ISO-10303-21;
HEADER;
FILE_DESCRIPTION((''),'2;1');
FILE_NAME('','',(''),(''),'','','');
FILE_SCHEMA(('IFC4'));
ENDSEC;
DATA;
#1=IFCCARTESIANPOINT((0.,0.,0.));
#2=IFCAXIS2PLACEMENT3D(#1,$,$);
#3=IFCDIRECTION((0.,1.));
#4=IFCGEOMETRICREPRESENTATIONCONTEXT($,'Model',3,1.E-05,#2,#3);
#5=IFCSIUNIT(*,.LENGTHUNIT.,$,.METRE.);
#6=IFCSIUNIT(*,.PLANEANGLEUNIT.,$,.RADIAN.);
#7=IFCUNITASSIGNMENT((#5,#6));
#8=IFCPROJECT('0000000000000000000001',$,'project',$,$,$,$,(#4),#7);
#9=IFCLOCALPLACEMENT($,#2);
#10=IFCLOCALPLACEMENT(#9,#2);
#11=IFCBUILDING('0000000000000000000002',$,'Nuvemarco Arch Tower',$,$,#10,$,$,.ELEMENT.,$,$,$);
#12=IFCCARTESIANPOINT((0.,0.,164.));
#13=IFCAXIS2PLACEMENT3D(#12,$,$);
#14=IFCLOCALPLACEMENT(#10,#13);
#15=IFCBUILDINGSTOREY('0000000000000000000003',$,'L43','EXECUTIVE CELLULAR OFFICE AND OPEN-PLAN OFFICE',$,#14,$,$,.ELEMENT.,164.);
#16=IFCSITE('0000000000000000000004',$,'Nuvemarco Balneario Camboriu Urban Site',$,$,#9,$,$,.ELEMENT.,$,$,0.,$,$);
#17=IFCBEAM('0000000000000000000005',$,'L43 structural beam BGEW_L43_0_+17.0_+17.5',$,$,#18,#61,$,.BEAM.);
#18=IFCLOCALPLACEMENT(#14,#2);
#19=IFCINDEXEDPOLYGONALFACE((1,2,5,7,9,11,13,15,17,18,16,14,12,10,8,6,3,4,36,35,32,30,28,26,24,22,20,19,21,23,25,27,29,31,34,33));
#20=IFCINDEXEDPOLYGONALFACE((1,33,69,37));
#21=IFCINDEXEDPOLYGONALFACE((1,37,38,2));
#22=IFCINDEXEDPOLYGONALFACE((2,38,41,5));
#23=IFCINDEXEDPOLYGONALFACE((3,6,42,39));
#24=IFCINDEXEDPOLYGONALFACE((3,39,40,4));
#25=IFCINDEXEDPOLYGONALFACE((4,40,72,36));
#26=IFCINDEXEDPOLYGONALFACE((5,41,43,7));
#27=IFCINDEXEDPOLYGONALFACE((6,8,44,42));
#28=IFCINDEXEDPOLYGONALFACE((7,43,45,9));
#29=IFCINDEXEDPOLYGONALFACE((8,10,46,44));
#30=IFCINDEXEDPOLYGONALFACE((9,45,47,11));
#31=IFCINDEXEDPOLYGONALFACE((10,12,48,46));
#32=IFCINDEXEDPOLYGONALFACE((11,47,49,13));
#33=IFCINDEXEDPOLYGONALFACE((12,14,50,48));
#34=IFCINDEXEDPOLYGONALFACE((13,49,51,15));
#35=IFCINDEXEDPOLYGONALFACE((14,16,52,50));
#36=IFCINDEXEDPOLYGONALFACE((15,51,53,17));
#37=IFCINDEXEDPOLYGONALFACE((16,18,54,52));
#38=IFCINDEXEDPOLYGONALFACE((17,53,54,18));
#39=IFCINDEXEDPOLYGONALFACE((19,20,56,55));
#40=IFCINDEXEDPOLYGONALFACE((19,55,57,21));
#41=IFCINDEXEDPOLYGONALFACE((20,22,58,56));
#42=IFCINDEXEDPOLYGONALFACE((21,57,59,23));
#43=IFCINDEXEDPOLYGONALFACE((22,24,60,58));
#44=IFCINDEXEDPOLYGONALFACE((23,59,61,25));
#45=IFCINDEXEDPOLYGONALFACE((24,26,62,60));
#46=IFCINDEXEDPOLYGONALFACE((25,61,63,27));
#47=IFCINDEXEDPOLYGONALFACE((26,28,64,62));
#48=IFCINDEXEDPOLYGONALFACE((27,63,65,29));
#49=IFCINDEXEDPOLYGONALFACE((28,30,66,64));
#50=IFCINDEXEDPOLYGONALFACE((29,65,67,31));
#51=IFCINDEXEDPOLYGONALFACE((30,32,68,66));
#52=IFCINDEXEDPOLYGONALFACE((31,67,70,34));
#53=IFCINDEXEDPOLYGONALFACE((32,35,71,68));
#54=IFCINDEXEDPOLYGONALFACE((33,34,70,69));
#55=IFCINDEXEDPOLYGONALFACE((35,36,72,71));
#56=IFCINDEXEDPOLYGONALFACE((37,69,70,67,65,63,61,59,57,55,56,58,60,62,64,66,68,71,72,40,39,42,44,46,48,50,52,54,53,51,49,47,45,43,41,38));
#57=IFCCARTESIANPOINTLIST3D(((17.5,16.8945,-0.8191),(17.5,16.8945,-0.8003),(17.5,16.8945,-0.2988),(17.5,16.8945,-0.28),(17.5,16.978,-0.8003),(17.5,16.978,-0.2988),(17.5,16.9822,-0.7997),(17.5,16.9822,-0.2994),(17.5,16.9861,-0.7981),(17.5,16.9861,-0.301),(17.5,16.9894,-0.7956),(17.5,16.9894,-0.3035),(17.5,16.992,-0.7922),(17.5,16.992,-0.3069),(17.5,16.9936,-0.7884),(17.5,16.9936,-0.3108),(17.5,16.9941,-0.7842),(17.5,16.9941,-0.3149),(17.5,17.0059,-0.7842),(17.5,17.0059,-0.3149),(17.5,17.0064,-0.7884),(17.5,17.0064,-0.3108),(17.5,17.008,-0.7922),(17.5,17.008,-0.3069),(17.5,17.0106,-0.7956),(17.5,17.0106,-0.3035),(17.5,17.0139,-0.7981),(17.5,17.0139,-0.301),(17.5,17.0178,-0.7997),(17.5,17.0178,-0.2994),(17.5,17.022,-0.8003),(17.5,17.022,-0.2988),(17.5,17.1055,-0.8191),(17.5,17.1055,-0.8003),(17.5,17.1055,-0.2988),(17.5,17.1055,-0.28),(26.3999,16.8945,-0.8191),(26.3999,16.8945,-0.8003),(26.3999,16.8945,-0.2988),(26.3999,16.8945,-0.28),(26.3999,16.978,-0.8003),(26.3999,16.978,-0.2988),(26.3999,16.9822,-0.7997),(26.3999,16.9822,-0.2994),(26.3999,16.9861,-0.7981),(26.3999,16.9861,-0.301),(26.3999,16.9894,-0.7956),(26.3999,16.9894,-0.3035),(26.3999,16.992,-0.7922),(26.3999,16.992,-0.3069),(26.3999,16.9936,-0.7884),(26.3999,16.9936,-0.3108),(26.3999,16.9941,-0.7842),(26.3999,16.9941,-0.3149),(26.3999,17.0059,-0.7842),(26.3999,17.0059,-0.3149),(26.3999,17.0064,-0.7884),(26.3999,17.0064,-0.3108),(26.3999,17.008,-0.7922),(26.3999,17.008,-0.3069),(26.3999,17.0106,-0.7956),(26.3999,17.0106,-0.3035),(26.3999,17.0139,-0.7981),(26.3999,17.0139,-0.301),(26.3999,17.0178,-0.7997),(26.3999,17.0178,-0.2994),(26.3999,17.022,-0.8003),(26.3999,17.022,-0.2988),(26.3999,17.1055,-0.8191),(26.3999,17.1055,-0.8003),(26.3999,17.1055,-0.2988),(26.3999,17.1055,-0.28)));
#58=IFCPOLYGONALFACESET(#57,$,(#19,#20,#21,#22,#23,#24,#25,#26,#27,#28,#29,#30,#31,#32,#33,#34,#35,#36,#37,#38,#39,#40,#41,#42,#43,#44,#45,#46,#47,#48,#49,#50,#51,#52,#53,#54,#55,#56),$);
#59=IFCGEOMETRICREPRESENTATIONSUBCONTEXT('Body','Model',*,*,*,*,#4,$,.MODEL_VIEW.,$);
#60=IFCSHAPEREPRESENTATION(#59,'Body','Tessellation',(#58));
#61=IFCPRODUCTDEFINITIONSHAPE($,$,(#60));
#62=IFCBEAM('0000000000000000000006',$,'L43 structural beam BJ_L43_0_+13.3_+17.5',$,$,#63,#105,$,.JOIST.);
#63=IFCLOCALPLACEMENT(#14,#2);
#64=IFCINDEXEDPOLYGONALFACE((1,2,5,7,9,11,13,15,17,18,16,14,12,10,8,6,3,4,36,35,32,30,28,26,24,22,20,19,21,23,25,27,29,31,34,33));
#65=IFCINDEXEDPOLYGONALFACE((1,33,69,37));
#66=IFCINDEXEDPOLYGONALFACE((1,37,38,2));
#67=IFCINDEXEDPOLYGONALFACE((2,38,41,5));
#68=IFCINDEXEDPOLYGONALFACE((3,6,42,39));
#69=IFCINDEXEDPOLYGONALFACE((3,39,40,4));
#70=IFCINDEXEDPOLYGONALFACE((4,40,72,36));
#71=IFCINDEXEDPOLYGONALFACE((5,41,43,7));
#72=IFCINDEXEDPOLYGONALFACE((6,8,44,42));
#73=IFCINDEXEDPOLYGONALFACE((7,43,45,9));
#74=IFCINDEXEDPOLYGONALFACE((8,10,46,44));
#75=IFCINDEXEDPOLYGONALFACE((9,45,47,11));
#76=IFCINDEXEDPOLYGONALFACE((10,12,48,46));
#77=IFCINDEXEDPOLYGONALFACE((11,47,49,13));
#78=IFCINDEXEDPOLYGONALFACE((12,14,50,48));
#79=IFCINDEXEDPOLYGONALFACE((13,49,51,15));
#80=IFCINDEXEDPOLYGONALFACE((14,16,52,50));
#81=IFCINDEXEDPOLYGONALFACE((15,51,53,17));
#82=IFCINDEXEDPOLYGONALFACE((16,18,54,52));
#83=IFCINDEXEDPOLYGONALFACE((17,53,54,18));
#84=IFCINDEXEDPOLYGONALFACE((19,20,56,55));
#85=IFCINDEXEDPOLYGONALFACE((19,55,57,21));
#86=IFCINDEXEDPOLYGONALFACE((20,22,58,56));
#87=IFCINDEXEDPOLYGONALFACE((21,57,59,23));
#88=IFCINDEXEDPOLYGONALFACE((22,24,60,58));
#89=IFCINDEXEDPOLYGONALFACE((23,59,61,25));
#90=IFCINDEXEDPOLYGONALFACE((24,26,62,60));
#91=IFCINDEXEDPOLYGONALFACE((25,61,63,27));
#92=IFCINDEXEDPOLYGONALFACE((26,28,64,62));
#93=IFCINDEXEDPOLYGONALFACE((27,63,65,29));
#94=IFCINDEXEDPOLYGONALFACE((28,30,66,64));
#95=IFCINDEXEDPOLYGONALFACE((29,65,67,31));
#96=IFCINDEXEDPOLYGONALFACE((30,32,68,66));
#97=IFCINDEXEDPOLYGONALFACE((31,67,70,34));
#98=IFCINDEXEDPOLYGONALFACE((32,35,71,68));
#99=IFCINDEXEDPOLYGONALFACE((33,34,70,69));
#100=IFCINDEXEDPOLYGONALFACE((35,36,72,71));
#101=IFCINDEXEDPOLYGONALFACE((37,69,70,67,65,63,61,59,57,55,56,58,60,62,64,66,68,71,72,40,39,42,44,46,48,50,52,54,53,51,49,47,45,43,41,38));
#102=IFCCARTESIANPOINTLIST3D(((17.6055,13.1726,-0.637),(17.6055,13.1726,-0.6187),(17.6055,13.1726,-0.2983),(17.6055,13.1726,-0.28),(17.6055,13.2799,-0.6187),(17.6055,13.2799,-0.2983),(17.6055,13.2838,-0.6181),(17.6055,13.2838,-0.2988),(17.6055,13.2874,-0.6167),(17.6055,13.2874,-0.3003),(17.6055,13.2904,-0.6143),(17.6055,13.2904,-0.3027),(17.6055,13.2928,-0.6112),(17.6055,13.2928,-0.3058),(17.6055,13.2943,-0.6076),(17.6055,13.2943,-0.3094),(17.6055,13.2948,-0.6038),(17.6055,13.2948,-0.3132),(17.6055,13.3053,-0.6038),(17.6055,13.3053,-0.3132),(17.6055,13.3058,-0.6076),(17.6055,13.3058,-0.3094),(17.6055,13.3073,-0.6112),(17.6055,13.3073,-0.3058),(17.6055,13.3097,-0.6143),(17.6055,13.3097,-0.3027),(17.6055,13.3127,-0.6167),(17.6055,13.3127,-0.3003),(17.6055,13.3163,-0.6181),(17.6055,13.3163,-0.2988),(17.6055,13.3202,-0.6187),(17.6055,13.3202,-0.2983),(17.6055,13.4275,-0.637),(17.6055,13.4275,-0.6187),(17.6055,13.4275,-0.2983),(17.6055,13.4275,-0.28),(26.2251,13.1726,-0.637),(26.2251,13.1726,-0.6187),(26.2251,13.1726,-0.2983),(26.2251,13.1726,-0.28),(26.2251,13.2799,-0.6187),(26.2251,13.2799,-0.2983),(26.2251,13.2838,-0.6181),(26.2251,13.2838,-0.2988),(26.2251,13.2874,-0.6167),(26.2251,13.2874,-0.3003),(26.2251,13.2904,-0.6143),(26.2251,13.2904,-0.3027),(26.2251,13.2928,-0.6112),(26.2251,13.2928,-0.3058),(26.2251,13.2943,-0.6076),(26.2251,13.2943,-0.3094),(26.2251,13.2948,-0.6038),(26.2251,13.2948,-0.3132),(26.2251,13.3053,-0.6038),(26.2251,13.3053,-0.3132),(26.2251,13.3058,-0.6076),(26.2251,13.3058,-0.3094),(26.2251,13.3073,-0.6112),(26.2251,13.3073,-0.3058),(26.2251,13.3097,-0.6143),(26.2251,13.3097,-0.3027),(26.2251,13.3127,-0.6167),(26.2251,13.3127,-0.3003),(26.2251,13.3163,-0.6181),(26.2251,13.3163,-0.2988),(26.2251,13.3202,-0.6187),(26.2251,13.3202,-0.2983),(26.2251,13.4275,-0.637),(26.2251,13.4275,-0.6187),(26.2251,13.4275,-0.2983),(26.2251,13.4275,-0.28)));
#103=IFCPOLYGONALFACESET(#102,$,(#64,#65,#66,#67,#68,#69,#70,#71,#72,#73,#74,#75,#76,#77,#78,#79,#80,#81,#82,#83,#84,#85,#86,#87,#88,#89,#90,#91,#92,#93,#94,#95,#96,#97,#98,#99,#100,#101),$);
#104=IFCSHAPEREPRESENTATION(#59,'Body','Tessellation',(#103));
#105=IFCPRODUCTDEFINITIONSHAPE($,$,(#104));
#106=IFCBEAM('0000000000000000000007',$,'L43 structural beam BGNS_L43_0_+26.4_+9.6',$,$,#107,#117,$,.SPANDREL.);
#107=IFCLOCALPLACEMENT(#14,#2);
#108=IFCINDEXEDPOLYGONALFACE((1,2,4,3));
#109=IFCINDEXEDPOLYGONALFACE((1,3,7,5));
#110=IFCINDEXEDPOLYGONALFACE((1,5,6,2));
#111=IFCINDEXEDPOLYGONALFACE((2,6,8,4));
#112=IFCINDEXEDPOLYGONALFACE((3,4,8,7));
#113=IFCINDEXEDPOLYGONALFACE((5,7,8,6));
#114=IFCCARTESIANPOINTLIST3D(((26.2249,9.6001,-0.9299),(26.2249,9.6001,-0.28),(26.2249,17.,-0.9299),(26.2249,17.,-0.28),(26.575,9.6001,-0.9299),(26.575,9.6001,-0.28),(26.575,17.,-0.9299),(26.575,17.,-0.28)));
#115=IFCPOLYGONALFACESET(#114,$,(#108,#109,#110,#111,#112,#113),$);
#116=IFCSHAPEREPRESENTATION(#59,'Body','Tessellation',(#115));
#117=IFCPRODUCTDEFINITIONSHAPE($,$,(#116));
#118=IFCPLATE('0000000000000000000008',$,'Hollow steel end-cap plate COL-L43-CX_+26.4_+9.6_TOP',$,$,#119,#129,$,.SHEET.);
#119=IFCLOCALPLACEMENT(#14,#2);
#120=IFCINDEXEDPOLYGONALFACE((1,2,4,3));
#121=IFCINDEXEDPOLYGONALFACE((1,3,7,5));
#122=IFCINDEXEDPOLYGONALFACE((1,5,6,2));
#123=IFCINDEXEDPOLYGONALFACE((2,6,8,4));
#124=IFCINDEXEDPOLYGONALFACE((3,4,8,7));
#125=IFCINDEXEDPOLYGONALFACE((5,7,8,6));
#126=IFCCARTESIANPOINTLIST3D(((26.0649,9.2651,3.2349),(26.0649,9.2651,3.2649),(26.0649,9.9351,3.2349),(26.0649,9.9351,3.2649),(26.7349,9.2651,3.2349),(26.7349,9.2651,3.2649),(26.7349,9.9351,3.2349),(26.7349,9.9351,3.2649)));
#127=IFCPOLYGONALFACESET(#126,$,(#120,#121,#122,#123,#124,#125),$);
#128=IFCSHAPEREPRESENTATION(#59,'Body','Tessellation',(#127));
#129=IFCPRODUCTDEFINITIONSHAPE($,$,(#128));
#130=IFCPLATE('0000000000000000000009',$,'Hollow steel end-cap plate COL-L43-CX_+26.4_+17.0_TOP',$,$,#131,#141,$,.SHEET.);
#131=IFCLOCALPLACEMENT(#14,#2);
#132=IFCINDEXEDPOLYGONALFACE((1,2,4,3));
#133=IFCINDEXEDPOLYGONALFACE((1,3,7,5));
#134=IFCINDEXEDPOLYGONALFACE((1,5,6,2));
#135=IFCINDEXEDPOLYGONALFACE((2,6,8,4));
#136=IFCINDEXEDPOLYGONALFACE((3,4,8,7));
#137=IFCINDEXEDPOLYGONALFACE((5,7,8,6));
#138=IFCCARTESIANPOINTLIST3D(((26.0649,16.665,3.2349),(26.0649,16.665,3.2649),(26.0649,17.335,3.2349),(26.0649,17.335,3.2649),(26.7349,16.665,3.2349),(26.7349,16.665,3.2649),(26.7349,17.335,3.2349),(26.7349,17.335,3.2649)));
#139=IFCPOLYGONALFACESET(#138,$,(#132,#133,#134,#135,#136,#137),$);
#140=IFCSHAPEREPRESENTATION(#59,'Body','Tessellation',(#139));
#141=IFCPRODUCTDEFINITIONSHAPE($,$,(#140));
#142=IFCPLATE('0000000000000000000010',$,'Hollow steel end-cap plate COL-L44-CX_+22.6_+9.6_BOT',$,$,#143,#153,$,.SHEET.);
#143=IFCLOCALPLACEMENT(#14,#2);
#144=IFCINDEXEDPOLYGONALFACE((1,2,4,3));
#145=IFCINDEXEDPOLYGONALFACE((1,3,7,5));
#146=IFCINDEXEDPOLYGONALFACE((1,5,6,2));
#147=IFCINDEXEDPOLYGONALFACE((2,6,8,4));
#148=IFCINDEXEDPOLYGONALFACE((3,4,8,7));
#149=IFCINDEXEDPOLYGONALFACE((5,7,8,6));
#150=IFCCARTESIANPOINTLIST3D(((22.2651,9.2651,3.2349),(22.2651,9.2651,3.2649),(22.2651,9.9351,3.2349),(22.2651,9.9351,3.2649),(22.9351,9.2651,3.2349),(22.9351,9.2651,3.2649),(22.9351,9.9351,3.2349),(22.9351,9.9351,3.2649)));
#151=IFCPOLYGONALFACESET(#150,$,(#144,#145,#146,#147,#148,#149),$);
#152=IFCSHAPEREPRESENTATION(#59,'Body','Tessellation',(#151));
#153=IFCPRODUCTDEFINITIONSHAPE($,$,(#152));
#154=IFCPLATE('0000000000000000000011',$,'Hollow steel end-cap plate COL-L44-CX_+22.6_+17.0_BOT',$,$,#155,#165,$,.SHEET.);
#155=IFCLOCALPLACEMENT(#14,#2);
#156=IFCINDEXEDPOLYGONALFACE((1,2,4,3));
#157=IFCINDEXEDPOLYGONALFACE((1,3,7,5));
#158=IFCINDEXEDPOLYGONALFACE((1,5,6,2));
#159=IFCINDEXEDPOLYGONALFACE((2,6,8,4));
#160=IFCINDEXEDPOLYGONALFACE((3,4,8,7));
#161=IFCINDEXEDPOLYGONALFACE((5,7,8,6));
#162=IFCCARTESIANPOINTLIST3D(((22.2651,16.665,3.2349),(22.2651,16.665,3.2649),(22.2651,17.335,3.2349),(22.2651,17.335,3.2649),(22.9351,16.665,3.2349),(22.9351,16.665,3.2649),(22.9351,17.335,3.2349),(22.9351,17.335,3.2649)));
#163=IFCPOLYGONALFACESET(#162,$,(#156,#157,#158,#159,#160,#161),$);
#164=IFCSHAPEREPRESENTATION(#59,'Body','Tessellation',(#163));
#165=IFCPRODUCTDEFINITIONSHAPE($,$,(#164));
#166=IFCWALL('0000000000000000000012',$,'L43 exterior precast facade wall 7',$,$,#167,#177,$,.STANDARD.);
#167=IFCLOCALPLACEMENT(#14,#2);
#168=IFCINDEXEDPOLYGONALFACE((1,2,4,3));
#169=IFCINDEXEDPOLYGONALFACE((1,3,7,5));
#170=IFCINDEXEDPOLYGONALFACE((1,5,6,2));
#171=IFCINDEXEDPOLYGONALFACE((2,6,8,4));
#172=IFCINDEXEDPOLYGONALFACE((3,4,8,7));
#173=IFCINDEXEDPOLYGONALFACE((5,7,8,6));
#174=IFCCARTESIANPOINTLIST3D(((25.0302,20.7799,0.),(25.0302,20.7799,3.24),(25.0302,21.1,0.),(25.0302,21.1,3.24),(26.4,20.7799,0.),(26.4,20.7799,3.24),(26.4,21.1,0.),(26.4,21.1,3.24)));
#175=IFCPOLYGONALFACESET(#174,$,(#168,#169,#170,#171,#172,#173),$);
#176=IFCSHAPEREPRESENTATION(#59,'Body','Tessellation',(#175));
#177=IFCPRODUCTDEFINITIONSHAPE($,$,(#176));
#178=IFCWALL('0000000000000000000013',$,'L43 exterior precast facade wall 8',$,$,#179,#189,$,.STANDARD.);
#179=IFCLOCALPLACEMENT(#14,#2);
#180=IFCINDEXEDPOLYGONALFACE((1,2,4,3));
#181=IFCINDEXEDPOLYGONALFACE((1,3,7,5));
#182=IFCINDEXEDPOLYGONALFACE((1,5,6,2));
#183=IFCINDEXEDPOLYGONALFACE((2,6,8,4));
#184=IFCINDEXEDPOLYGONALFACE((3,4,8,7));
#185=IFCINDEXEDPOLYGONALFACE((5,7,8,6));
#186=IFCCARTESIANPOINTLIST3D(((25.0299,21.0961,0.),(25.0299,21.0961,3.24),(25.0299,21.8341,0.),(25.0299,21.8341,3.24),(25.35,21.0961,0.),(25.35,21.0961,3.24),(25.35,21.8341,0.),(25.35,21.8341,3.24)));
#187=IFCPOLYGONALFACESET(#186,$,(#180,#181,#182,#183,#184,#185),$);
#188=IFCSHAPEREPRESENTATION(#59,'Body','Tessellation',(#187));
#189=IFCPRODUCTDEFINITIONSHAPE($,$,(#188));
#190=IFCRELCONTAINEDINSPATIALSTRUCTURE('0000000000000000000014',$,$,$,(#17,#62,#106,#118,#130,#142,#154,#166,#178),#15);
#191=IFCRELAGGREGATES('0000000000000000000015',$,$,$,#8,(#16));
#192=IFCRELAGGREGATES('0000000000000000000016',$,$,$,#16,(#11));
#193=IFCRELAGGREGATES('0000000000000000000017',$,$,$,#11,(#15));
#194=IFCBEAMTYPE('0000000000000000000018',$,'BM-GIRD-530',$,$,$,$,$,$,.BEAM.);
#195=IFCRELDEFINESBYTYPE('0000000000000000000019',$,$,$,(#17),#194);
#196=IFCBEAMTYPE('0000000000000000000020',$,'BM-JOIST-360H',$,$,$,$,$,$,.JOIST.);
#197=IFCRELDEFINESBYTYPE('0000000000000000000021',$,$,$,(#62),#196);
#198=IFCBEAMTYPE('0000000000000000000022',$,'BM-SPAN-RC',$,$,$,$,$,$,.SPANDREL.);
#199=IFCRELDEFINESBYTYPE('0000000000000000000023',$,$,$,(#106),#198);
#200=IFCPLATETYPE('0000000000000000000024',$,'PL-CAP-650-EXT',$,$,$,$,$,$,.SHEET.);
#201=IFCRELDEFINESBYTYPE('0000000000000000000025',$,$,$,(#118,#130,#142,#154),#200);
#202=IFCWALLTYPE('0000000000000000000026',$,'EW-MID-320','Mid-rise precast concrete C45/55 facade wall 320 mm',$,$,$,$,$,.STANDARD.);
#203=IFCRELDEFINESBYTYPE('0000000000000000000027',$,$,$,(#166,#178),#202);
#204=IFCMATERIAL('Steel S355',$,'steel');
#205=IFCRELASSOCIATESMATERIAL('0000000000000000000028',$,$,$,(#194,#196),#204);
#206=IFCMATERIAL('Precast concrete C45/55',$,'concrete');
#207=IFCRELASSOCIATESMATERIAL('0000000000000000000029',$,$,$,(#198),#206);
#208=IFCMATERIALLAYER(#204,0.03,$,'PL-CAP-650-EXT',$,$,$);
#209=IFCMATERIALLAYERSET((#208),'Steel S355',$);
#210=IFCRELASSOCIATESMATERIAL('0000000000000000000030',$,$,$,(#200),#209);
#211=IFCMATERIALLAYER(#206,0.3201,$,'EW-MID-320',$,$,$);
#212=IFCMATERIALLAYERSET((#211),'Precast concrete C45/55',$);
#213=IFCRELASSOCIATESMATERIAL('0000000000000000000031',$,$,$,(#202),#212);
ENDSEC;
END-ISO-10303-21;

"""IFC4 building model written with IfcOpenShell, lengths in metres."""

from ifc_helpers import new_model, si_unit, direction, frame, frame_2d, origin, origin_2d, place, context, subcontext, project, spatial, rectangle, i_section, extrude, source, transform, mapped, material, layer, layer_set, material_profile, profile_set, type_object, type_shapes, element, save


model = new_model("IFC4")

# Units and contexts
model_context = context("Model", 3, precision=1e-05, world=origin(), true_north=direction((0.0, 1.0)))
body_context = subcontext(model_context, "Body", "Model", "MODEL_VIEW")
ifc_project = project(units=[si_unit("LENGTHUNIT", "METRE"), si_unit("PLANEANGLEUNIT", "RADIAN")], contexts=[model_context])

# Site, building, storey
site_placement = place(None, origin())
site = spatial("IfcSite", under=ifc_project, at=site_placement, Name="Nuvemarco Balneario Camboriu Urban Site", CompositionType="ELEMENT", RefElevation=0.0)
building_placement = place(site_placement, origin())
building = spatial("IfcBuilding", under=site, at=building_placement, Name="Nuvemarco Arch Tower", CompositionType="ELEMENT")
storey_placement = place(building_placement, frame((0.0, 0.0, 164.0)))
storey = spatial("IfcBuildingStorey", under=building, at=storey_placement, Name="L43", Description="EXECUTIVE CELLULAR OFFICE AND OPEN-PLAN OFFICE", CompositionType="ELEMENT", Elevation=164.0)

# Shared definitions
ifc_material_1 = material(Name="Steel S355", Category="steel")

# Beams
ifc_material_profile_1 = material_profile(ifc_material_1, i_section(OverallWidth=0.2109, OverallDepth=0.5391, WebThickness=0.0117, FlangeThickness=0.0188, FilletRadius=0.0161, at=origin_2d()), Name="W530x109")
ifc_profile_set_1 = profile_set([ifc_material_profile_1], Name="Steel S355")
beam_type_1 = type_object("IfcBeamType", Name="BM-GIRD-530", PredefinedType="BEAM", material=ifc_profile_set_1)
beam_1_placement = place(storey_placement, frame((17.5, 17.0, -0.5496), z_axis=(1.0, 0.0, 0.0), x_axis=(0.0, 1.0, 0.0)))
element("IfcBeam", 1, at=beam_1_placement, inside=storey, type_object=beam_type_1, Name="L43 structural beam BGEW_L43_0_+17.0_+17.5", PredefinedType="BEAM", context=body_context, shape_type="SweptSolid", body=[
    extrude(i_section(OverallWidth=0.2109, OverallDepth=0.5391, WebThickness=0.0117, FlangeThickness=0.0188, FilletRadius=0.0161, at=origin_2d()), origin(), (0.0, 0.0, 1.0), 8.8999),
])
ifc_material_profile_2 = material_profile(ifc_material_1, i_section(OverallWidth=0.2549, OverallDepth=0.3569, WebThickness=0.0105, FlangeThickness=0.0183, FilletRadius=0.0149, at=origin_2d()), Name="W360x101")
ifc_profile_set_2 = profile_set([ifc_material_profile_2], Name="Steel S355")
beam_type_2 = type_object("IfcBeamType", Name="BM-JOIST-360H", PredefinedType="JOIST", material=ifc_profile_set_2)
beam_2_placement = place(storey_placement, frame((17.6055, 13.3, -0.4585), z_axis=(1.0, 0.0, 0.0), x_axis=(0.0, 1.0, 0.0)))
element("IfcBeam", 2, at=beam_2_placement, inside=storey, type_object=beam_type_2, Name="L43 structural beam BJ_L43_0_+13.3_+17.5", PredefinedType="JOIST", context=body_context, shape_type="SweptSolid", body=[
    extrude(i_section(OverallWidth=0.2549, OverallDepth=0.3569, WebThickness=0.0105, FlangeThickness=0.0183, FilletRadius=0.0149, at=origin_2d()), origin(), (0.0, 0.0, 1.0), 8.6196),
])
ifc_material_2 = material(Name="Precast concrete C45/55", Category="concrete")
ifc_material_profile_3 = material_profile(ifc_material_2, rectangle(XDim=0.3501, YDim=0.6499, at=origin_2d()), Name="PC-SP-350x650")
ifc_profile_set_3 = profile_set([ifc_material_profile_3], Name="Precast concrete C45/55")
beam_type_3 = type_object("IfcBeamType", Name="BM-SPAN-RC", PredefinedType="SPANDREL", material=ifc_profile_set_3)
beam_3_placement = place(storey_placement, frame((26.3999, 9.6001, -0.605), z_axis=(0.0, 1.0, 0.0), x_axis=(-1.0, 0.0, 0.0)))
element("IfcBeam", 3, at=beam_3_placement, inside=storey, type_object=beam_type_3, Name="L43 structural beam BGNS_L43_0_+26.4_+9.6", PredefinedType="SPANDREL", context=body_context, shape_type="SweptSolid", body=[
    extrude(rectangle(XDim=0.3501, YDim=0.6499, at=origin_2d()), origin(), (0.0, 0.0, 1.0), 7.3999),
])

# Plates
ifc_layer_1 = layer(ifc_material_1, 0.03, Name="PL-CAP-650-EXT")
ifc_layer_set_1 = layer_set([ifc_layer_1], Name="Steel S355")
plate_type = type_object("IfcPlateType", Name="PL-CAP-650-EXT", PredefinedType="SHEET", material=ifc_layer_set_1)
shared_shape_1 = source(origin(), body_context, "Body", "SweptSolid", [
    extrude(rectangle(XDim=0.6699, YDim=0.6699, at=origin_2d()), origin(), (0.0, 0.0, 1.0), 0.03),
])
type_shapes(plate_type, [shared_shape_1])
for number, where, z_axis, x_axis, name in (
    (4, (26.3999, 9.6001, 3.2349), (0.0, 0.0, 1.0), (1.0, 0.0, 0.0), "Hollow steel end-cap plate COL-L43-CX_+26.4_+9.6_TOP"),
    (5, (26.3999, 17.0, 3.2349), (0.0, 0.0, 1.0), (1.0, 0.0, 0.0), "Hollow steel end-cap plate COL-L43-CX_+26.4_+17.0_TOP"),
    (6, (22.6001, 9.6001, 3.2349), (0.0, 0.0, 1.0), (1.0, 0.0, 0.0), "Hollow steel end-cap plate COL-L44-CX_+22.6_+9.6_BOT"),
    (7, (22.6001, 17.0, 3.2349), (0.0, 0.0, 1.0), (1.0, 0.0, 0.0), "Hollow steel end-cap plate COL-L44-CX_+22.6_+17.0_BOT"),
):
    element("IfcPlate", number, at=place(storey_placement, frame(where, z_axis=z_axis, x_axis=x_axis)), inside=storey, type_object=plate_type, Name=name, PredefinedType="SHEET", context=body_context, shape_type="MappedRepresentation", body=[
        mapped(shared_shape_1, transform((0.0, 0.0, 0.0), scale=1.0)),
    ])

# Walls
ifc_layer_2 = layer(ifc_material_2, 0.3201, Name="EW-MID-320")
ifc_layer_set_2 = layer_set([ifc_layer_2], Name="Precast concrete C45/55")
wall_type_1 = type_object("IfcWallType", Name="EW-MID-320", Description="Mid-rise precast concrete C45/55 facade wall 320 mm", PredefinedType="STANDARD", material=ifc_layer_set_2)
wall_1_placement = place(storey_placement, frame((25.03, 20.9399, 0.0), z_axis=(0.0, 0.0, 1.0), x_axis=(1.0, 0.0, 0.0)))
element("IfcWall", 8, at=wall_1_placement, inside=storey, type_object=wall_type_1, Name="L43 exterior precast facade wall 7", PredefinedType="STANDARD", context=body_context, shape_type="SweptSolid", body=[
    extrude(rectangle(XDim=1.3699, YDim=0.3201, at=frame_2d((0.6851, 0.0))), origin(), (0.0, 0.0, 1.0), 3.24),
])
wall_2_placement = place(storey_placement, frame((25.1899, 21.0959, 0.0), z_axis=(0.0, 0.0, 1.0), x_axis=(0.0, 1.0, 0.0)))
element("IfcWall", 9, at=wall_2_placement, inside=storey, type_object=wall_type_1, Name="L43 exterior precast facade wall 8", PredefinedType="STANDARD", context=body_context, shape_type="SweptSolid", body=[
    extrude(rectangle(XDim=0.738, YDim=0.3201, at=frame_2d((0.3691, 0.0))), origin(), (0.0, 0.0, 1.0), 3.24),
])

save(model, "model.ifc")
